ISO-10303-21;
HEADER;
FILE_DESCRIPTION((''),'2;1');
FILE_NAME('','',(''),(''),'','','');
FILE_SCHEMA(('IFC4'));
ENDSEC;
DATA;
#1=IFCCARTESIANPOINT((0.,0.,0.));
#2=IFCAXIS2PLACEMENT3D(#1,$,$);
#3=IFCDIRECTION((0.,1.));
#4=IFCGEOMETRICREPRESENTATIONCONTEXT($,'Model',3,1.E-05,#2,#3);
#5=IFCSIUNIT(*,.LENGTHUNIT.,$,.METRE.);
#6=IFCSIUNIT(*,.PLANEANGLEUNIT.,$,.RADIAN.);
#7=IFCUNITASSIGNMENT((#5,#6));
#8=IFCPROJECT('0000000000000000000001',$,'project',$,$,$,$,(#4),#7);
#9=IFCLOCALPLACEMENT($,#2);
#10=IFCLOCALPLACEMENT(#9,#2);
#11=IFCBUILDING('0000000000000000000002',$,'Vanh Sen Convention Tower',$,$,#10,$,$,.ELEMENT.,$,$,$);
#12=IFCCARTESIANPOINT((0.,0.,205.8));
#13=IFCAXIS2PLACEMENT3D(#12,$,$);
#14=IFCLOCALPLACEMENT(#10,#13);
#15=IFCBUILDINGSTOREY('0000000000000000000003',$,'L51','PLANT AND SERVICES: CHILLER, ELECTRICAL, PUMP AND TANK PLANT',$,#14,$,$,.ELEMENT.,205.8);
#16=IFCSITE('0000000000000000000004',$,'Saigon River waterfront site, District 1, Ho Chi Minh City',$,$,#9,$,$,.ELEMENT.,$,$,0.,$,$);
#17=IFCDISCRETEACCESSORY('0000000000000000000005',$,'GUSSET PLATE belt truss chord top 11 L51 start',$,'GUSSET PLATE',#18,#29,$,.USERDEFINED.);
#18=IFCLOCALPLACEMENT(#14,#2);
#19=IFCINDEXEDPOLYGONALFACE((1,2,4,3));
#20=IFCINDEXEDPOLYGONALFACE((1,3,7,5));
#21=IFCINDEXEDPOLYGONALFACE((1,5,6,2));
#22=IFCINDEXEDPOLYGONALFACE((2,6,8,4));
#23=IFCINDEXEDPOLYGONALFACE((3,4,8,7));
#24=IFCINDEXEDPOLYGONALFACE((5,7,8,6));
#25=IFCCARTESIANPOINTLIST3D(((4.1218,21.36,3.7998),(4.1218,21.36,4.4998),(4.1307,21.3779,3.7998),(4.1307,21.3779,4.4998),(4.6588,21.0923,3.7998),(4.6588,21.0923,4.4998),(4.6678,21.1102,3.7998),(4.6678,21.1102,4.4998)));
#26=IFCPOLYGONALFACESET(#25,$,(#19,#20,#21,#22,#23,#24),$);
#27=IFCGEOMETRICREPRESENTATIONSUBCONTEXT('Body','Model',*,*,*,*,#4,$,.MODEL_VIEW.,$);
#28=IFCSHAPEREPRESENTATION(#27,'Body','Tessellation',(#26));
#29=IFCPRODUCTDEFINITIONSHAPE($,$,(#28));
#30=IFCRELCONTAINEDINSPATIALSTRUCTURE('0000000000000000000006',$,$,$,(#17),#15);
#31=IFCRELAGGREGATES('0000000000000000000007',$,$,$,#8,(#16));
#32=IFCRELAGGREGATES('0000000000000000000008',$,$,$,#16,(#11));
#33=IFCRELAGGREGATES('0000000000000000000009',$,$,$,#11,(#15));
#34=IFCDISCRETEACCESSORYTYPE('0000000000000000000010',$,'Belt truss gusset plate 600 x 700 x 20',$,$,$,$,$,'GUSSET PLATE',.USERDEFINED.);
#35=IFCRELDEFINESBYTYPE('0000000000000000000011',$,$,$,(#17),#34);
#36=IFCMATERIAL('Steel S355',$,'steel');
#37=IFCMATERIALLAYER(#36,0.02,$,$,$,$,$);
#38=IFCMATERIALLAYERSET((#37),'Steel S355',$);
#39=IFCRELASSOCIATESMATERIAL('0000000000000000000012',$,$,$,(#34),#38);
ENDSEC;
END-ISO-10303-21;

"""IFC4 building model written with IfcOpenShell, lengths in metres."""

from ifc_helpers import new_model, si_unit, direction, frame, origin, origin_2d, place, context, subcontext, project, spatial, rectangle, extrude, material, layer, layer_set, type_object, element, save


model = new_model("IFC4")

# Units and contexts
model_context = context("Model", 3, precision=1e-05, world=origin(), true_north=direction((0.0, 1.0)))
body_context = subcontext(model_context, "Body", "Model", "MODEL_VIEW")
ifc_project = project(units=[si_unit("LENGTHUNIT", "METRE"), si_unit("PLANEANGLEUNIT", "RADIAN")], contexts=[model_context])

# Site, building, storey
site_placement = place(None, origin())
site = spatial("IfcSite", under=ifc_project, at=site_placement, Name="Saigon River waterfront site, District 1, Ho Chi Minh City", CompositionType="ELEMENT", RefElevation=0.0)
building_placement = place(site_placement, origin())
building = spatial("IfcBuilding", under=site, at=building_placement, Name="Vanh Sen Convention Tower", CompositionType="ELEMENT")
storey_placement = place(building_placement, frame((0.0, 0.0, 205.8)))
storey = spatial("IfcBuildingStorey", under=building, at=storey_placement, Name="L51", Description="PLANT AND SERVICES: CHILLER, ELECTRICAL, PUMP AND TANK PLANT", CompositionType="ELEMENT", Elevation=205.8)

# Shared definitions
ifc_material_1 = material(Name="Steel S355", Category="steel")

# Discrete accessory
ifc_layer_1 = layer(ifc_material_1, 0.02)
ifc_layer_set_1 = layer_set([ifc_layer_1], Name="Steel S355")
discrete_accessory_type = type_object("IfcDiscreteAccessoryType", Name="Belt truss gusset plate 600 x 700 x 20", ElementType="GUSSET PLATE", PredefinedType="USERDEFINED", material=ifc_layer_set_1)
for number, where, z_axis, x_axis, name in (
    (1, (4.3948, 21.2351, 3.7998), (0.0, 0.0, 1.0), (-0.894944, 0.446179, 0.0), "GUSSET PLATE belt truss chord top 11 L51 start"),
):
    element("IfcDiscreteAccessory", number, at=place(storey_placement, frame(where, z_axis=z_axis, x_axis=x_axis)), inside=storey, type_object=discrete_accessory_type, Name=name, ObjectType="GUSSET PLATE", PredefinedType="USERDEFINED", context=body_context, shape_type="SweptSolid", body=[
        extrude(rectangle(XDim=0.6001, YDim=0.02, at=origin_2d()), origin(), (0.0, 0.0, 1.0), 0.7),
    ])

save(model, "model.ifc")
